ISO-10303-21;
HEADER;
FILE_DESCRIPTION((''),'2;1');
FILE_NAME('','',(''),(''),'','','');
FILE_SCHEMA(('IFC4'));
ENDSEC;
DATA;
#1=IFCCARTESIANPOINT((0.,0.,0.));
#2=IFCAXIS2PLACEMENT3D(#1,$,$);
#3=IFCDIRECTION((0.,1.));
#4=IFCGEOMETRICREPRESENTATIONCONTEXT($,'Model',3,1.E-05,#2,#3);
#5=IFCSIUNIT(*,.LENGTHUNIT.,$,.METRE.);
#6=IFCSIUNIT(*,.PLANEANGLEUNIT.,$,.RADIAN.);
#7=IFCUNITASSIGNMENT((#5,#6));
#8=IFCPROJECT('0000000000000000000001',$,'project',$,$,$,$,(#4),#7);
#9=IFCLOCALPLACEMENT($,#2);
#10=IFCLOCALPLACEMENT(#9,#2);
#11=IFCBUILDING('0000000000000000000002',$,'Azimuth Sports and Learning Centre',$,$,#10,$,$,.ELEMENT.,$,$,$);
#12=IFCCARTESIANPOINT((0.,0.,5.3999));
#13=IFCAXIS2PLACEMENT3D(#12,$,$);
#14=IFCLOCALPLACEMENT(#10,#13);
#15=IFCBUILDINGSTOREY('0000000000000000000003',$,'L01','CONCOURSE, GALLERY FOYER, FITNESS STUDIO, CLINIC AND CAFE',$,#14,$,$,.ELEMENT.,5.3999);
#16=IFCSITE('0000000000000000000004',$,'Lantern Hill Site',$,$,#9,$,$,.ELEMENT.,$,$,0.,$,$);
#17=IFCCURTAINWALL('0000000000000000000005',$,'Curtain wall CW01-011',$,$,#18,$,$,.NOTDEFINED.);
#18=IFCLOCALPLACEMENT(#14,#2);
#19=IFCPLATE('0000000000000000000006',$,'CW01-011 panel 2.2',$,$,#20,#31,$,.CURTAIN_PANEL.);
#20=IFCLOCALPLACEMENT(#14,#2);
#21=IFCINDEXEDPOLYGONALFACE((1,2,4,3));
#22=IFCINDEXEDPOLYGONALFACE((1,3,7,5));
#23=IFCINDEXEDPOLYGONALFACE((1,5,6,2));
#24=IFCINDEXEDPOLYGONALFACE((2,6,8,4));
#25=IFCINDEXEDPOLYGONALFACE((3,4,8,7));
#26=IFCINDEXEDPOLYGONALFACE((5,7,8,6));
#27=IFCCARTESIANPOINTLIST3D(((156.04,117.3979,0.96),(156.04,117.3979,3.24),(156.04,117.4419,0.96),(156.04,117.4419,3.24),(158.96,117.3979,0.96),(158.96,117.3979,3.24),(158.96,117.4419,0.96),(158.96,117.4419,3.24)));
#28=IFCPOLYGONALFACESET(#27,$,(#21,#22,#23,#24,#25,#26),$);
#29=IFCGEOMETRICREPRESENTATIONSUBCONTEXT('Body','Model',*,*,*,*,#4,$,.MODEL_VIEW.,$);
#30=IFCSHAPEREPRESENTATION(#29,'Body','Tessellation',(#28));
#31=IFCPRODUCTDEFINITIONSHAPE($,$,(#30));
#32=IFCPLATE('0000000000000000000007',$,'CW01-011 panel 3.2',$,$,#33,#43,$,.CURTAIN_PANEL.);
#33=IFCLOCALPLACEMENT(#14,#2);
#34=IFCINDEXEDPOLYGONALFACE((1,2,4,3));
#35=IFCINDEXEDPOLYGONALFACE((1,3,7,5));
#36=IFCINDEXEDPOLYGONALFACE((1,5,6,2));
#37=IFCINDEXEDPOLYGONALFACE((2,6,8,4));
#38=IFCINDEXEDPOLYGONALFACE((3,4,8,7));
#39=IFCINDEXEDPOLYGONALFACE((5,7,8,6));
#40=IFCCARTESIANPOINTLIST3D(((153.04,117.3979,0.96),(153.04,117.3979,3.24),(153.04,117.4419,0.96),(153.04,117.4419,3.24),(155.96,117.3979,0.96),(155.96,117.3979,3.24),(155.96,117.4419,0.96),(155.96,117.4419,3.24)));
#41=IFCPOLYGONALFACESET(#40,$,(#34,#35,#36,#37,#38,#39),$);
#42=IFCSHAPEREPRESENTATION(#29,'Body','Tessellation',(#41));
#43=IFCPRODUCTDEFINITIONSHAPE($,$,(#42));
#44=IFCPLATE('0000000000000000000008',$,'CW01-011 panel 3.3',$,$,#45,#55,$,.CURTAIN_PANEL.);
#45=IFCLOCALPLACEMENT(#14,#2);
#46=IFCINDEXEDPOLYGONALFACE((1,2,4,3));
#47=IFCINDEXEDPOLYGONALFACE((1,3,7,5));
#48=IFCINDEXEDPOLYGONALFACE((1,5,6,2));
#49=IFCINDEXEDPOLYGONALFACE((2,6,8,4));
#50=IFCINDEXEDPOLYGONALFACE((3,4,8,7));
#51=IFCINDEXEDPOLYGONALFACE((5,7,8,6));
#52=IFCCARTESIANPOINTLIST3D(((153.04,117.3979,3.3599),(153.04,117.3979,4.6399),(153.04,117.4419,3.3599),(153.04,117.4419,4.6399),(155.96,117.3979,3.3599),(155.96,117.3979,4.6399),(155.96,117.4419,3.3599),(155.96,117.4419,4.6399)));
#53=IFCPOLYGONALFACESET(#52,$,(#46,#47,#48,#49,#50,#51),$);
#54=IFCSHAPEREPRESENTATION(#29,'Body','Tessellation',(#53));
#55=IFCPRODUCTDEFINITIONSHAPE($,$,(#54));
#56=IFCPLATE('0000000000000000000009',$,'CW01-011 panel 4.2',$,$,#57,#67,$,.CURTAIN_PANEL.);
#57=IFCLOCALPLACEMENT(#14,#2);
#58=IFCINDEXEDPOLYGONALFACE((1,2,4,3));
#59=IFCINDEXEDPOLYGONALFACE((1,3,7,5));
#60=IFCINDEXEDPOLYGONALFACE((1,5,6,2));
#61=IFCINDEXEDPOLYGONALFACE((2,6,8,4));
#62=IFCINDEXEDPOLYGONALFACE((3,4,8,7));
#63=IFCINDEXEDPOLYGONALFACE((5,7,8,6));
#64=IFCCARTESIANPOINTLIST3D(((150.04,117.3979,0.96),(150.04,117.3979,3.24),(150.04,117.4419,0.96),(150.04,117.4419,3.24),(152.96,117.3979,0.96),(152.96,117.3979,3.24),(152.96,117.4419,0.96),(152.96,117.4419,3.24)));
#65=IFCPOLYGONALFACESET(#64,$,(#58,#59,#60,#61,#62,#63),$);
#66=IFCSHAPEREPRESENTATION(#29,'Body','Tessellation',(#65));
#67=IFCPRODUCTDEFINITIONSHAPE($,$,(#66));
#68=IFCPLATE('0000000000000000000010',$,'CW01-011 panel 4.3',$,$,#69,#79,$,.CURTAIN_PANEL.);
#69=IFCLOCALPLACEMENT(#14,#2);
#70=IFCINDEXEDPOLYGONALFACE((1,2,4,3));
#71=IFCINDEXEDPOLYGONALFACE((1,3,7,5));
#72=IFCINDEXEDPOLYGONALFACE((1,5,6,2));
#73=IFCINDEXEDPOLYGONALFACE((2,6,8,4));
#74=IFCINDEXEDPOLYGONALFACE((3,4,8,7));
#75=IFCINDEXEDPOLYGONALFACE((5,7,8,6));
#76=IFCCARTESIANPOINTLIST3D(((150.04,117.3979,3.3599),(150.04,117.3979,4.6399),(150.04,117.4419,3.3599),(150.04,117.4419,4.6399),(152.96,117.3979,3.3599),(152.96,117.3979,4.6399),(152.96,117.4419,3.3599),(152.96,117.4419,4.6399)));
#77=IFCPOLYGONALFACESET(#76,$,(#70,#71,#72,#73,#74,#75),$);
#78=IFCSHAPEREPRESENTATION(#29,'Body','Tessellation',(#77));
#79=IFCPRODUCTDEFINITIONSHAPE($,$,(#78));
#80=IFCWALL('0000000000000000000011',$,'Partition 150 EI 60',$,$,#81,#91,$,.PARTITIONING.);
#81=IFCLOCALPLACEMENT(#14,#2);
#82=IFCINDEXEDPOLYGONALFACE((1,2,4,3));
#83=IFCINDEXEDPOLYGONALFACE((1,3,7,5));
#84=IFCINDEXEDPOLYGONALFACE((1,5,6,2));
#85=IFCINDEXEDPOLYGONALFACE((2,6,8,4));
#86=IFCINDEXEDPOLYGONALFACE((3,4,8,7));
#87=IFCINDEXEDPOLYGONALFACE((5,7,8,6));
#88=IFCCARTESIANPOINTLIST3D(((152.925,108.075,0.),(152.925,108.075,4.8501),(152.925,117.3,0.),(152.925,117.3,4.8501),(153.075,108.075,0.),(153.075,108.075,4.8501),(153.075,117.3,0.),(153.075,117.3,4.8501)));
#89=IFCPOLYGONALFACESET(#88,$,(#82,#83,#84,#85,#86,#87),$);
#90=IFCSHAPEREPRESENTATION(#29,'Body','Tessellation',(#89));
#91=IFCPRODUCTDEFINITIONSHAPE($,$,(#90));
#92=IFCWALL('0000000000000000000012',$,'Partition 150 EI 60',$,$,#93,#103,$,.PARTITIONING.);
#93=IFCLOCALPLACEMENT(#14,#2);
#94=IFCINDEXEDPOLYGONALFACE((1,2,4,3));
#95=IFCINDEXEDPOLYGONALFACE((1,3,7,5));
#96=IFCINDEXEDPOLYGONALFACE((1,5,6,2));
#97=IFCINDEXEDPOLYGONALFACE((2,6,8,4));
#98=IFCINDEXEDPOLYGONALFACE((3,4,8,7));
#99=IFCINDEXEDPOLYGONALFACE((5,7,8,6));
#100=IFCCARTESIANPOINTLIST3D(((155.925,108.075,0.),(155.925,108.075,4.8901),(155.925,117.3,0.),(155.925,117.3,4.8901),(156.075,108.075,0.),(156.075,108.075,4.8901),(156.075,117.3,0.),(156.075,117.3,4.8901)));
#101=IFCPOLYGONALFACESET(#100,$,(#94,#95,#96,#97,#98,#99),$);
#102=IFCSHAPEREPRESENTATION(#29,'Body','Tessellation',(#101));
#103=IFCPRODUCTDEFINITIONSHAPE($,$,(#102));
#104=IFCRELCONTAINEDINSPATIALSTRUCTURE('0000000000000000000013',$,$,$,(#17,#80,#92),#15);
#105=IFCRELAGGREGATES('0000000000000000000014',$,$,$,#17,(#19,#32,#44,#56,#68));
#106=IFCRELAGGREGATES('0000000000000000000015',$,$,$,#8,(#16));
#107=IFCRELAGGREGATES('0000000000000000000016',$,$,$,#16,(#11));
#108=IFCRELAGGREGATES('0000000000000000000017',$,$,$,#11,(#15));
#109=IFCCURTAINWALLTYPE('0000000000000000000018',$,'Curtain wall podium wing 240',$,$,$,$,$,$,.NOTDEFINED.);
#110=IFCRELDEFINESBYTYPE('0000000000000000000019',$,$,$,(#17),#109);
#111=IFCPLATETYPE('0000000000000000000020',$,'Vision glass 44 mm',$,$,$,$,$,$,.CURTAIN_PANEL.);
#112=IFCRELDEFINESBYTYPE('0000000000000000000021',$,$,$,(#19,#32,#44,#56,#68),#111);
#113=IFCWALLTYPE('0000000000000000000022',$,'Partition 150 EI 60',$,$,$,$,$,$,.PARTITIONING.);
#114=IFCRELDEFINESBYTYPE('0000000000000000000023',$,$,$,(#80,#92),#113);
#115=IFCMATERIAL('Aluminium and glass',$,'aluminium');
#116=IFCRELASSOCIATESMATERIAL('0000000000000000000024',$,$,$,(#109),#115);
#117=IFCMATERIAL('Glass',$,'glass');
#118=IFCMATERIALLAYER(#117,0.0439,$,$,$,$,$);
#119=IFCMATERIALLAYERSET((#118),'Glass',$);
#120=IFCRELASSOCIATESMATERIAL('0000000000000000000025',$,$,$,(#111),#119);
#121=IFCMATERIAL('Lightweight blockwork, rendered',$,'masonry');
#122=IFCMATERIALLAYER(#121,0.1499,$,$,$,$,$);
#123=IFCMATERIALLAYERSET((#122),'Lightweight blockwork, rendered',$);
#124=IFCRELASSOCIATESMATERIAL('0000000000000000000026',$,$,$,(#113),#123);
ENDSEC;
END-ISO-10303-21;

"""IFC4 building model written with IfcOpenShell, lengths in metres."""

from ifc_helpers import new_model, si_unit, direction, frame, frame_2d, origin, origin_2d, place, context, subcontext, project, spatial, rectangle, extrude, material, layer, layer_set, type_object, element, aggregate, save


model = new_model("IFC4")

# Units and contexts
model_context = context("Model", 3, precision=1e-05, world=origin(), true_north=direction((0.0, 1.0)))
body_context = subcontext(model_context, "Body", "Model", "MODEL_VIEW")
ifc_project = project(units=[si_unit("LENGTHUNIT", "METRE"), si_unit("PLANEANGLEUNIT", "RADIAN")], contexts=[model_context])

# Site, building, storey
site_placement = place(None, origin())
site = spatial("IfcSite", under=ifc_project, at=site_placement, Name="Lantern Hill Site", CompositionType="ELEMENT", RefElevation=0.0)
building_placement = place(site_placement, origin())
building = spatial("IfcBuilding", under=site, at=building_placement, Name="Azimuth Sports and Learning Centre", CompositionType="ELEMENT")
storey_placement = place(building_placement, frame((0.0, 0.0, 5.3999)))
storey = spatial("IfcBuildingStorey", under=building, at=storey_placement, Name="L01", Description="CONCOURSE, GALLERY FOYER, FITNESS STUDIO, CLINIC AND CAFE", CompositionType="ELEMENT", Elevation=5.3999)

# Curtain wall, plates
ifc_material_1 = material(Name="Aluminium and glass", Category="aluminium")
curtain_wall_type = type_object("IfcCurtainWallType", Name="Curtain wall podium wing 240", PredefinedType="NOTDEFINED", material=ifc_material_1)
curtain_wall_placement = place(storey_placement, origin())
curtain_wall = element("IfcCurtainWall", 1, at=curtain_wall_placement, inside=storey, type_object=curtain_wall_type, Name="Curtain wall CW01-011", PredefinedType="NOTDEFINED")
ifc_material_2 = material(Name="Glass", Category="glass")
ifc_layer_1 = layer(ifc_material_2, 0.0439)
ifc_layer_set_1 = layer_set([ifc_layer_1], Name="Glass")
plate_type_1 = type_object("IfcPlateType", Name="Vision glass 44 mm", PredefinedType="CURTAIN_PANEL", material=ifc_layer_set_1)
plate_1_placement = place(storey_placement, frame((157.5, 117.4199, 0.96), z_axis=(0.0, 0.0, 1.0), x_axis=(-1.0, 0.0, 0.0)))
plate_1 = element("IfcPlate", 2, at=plate_1_placement, type_object=plate_type_1, Name="CW01-011 panel 2.2", PredefinedType="CURTAIN_PANEL", context=body_context, shape_type="SweptSolid", body=[
    extrude(rectangle(XDim=2.9199, YDim=0.0439, at=origin_2d()), origin(), (0.0, 0.0, 1.0), 2.28),
])
plate_2_placement = place(storey_placement, frame((154.5, 117.4199, 0.96), z_axis=(0.0, 0.0, 1.0), x_axis=(-1.0, 0.0, 0.0)))
plate_2 = element("IfcPlate", 3, at=plate_2_placement, type_object=plate_type_1, Name="CW01-011 panel 3.2", PredefinedType="CURTAIN_PANEL", context=body_context, shape_type="SweptSolid", body=[
    extrude(rectangle(XDim=2.9199, YDim=0.0439, at=origin_2d()), origin(), (0.0, 0.0, 1.0), 2.28),
])
plate_3_placement = place(storey_placement, frame((154.5, 117.4199, 3.3599), z_axis=(0.0, 0.0, 1.0), x_axis=(-1.0, 0.0, 0.0)))
plate_3 = element("IfcPlate", 4, at=plate_3_placement, type_object=plate_type_1, Name="CW01-011 panel 3.3", PredefinedType="CURTAIN_PANEL", context=body_context, shape_type="SweptSolid", body=[
    extrude(rectangle(XDim=2.9199, YDim=0.0439, at=origin_2d()), origin(), (0.0, 0.0, 1.0), 1.28),
])
plate_4_placement = place(storey_placement, frame((151.5, 117.4199, 0.96), z_axis=(0.0, 0.0, 1.0), x_axis=(-1.0, 0.0, 0.0)))
plate_4 = element("IfcPlate", 5, at=plate_4_placement, type_object=plate_type_1, Name="CW01-011 panel 4.2", PredefinedType="CURTAIN_PANEL", context=body_context, shape_type="SweptSolid", body=[
    extrude(rectangle(XDim=2.9199, YDim=0.0439, at=origin_2d()), origin(), (0.0, 0.0, 1.0), 2.28),
])
plate_5_placement = place(storey_placement, frame((151.5, 117.4199, 3.3599), z_axis=(0.0, 0.0, 1.0), x_axis=(-1.0, 0.0, 0.0)))
plate_5 = element("IfcPlate", 6, at=plate_5_placement, type_object=plate_type_1, Name="CW01-011 panel 4.3", PredefinedType="CURTAIN_PANEL", context=body_context, shape_type="SweptSolid", body=[
    extrude(rectangle(XDim=2.9199, YDim=0.0439, at=origin_2d()), origin(), (0.0, 0.0, 1.0), 1.28),
])
aggregate(curtain_wall, [plate_1, plate_2, plate_3, plate_4, plate_5])

# Walls
ifc_material_3 = material(Name="Lightweight blockwork, rendered", Category="masonry")
ifc_layer_2 = layer(ifc_material_3, 0.1499)
ifc_layer_set_2 = layer_set([ifc_layer_2], Name="Lightweight blockwork, rendered")
wall_type = type_object("IfcWallType", Name="Partition 150 EI 60", PredefinedType="PARTITIONING", material=ifc_layer_set_2)
wall_1_placement = place(storey_placement, frame((153.0, 108.075, 0.0), z_axis=(0.0, 0.0, 1.0), x_axis=(0.0, 1.0, 0.0)))
element("IfcWall", 7, at=wall_1_placement, inside=storey, type_object=wall_type, Name="Partition 150 EI 60", PredefinedType="PARTITIONING", context=body_context, shape_type="SweptSolid", body=[
    extrude(rectangle(XDim=9.2251, YDim=0.1499, at=frame_2d((4.6125, 0.0))), origin(), (0.0, 0.0, 1.0), 4.8501),
])
wall_2_placement = place(storey_placement, frame((156.0, 108.075, 0.0), z_axis=(0.0, 0.0, 1.0), x_axis=(0.0, 1.0, 0.0)))
element("IfcWall", 8, at=wall_2_placement, inside=storey, type_object=wall_type, Name="Partition 150 EI 60", PredefinedType="PARTITIONING", context=body_context, shape_type="SweptSolid", body=[
    extrude(rectangle(XDim=9.2251, YDim=0.1499, at=frame_2d((4.6125, 0.0))), origin(), (0.0, 0.0, 1.0), 4.8901),
])

save(model, "model.ifc")
